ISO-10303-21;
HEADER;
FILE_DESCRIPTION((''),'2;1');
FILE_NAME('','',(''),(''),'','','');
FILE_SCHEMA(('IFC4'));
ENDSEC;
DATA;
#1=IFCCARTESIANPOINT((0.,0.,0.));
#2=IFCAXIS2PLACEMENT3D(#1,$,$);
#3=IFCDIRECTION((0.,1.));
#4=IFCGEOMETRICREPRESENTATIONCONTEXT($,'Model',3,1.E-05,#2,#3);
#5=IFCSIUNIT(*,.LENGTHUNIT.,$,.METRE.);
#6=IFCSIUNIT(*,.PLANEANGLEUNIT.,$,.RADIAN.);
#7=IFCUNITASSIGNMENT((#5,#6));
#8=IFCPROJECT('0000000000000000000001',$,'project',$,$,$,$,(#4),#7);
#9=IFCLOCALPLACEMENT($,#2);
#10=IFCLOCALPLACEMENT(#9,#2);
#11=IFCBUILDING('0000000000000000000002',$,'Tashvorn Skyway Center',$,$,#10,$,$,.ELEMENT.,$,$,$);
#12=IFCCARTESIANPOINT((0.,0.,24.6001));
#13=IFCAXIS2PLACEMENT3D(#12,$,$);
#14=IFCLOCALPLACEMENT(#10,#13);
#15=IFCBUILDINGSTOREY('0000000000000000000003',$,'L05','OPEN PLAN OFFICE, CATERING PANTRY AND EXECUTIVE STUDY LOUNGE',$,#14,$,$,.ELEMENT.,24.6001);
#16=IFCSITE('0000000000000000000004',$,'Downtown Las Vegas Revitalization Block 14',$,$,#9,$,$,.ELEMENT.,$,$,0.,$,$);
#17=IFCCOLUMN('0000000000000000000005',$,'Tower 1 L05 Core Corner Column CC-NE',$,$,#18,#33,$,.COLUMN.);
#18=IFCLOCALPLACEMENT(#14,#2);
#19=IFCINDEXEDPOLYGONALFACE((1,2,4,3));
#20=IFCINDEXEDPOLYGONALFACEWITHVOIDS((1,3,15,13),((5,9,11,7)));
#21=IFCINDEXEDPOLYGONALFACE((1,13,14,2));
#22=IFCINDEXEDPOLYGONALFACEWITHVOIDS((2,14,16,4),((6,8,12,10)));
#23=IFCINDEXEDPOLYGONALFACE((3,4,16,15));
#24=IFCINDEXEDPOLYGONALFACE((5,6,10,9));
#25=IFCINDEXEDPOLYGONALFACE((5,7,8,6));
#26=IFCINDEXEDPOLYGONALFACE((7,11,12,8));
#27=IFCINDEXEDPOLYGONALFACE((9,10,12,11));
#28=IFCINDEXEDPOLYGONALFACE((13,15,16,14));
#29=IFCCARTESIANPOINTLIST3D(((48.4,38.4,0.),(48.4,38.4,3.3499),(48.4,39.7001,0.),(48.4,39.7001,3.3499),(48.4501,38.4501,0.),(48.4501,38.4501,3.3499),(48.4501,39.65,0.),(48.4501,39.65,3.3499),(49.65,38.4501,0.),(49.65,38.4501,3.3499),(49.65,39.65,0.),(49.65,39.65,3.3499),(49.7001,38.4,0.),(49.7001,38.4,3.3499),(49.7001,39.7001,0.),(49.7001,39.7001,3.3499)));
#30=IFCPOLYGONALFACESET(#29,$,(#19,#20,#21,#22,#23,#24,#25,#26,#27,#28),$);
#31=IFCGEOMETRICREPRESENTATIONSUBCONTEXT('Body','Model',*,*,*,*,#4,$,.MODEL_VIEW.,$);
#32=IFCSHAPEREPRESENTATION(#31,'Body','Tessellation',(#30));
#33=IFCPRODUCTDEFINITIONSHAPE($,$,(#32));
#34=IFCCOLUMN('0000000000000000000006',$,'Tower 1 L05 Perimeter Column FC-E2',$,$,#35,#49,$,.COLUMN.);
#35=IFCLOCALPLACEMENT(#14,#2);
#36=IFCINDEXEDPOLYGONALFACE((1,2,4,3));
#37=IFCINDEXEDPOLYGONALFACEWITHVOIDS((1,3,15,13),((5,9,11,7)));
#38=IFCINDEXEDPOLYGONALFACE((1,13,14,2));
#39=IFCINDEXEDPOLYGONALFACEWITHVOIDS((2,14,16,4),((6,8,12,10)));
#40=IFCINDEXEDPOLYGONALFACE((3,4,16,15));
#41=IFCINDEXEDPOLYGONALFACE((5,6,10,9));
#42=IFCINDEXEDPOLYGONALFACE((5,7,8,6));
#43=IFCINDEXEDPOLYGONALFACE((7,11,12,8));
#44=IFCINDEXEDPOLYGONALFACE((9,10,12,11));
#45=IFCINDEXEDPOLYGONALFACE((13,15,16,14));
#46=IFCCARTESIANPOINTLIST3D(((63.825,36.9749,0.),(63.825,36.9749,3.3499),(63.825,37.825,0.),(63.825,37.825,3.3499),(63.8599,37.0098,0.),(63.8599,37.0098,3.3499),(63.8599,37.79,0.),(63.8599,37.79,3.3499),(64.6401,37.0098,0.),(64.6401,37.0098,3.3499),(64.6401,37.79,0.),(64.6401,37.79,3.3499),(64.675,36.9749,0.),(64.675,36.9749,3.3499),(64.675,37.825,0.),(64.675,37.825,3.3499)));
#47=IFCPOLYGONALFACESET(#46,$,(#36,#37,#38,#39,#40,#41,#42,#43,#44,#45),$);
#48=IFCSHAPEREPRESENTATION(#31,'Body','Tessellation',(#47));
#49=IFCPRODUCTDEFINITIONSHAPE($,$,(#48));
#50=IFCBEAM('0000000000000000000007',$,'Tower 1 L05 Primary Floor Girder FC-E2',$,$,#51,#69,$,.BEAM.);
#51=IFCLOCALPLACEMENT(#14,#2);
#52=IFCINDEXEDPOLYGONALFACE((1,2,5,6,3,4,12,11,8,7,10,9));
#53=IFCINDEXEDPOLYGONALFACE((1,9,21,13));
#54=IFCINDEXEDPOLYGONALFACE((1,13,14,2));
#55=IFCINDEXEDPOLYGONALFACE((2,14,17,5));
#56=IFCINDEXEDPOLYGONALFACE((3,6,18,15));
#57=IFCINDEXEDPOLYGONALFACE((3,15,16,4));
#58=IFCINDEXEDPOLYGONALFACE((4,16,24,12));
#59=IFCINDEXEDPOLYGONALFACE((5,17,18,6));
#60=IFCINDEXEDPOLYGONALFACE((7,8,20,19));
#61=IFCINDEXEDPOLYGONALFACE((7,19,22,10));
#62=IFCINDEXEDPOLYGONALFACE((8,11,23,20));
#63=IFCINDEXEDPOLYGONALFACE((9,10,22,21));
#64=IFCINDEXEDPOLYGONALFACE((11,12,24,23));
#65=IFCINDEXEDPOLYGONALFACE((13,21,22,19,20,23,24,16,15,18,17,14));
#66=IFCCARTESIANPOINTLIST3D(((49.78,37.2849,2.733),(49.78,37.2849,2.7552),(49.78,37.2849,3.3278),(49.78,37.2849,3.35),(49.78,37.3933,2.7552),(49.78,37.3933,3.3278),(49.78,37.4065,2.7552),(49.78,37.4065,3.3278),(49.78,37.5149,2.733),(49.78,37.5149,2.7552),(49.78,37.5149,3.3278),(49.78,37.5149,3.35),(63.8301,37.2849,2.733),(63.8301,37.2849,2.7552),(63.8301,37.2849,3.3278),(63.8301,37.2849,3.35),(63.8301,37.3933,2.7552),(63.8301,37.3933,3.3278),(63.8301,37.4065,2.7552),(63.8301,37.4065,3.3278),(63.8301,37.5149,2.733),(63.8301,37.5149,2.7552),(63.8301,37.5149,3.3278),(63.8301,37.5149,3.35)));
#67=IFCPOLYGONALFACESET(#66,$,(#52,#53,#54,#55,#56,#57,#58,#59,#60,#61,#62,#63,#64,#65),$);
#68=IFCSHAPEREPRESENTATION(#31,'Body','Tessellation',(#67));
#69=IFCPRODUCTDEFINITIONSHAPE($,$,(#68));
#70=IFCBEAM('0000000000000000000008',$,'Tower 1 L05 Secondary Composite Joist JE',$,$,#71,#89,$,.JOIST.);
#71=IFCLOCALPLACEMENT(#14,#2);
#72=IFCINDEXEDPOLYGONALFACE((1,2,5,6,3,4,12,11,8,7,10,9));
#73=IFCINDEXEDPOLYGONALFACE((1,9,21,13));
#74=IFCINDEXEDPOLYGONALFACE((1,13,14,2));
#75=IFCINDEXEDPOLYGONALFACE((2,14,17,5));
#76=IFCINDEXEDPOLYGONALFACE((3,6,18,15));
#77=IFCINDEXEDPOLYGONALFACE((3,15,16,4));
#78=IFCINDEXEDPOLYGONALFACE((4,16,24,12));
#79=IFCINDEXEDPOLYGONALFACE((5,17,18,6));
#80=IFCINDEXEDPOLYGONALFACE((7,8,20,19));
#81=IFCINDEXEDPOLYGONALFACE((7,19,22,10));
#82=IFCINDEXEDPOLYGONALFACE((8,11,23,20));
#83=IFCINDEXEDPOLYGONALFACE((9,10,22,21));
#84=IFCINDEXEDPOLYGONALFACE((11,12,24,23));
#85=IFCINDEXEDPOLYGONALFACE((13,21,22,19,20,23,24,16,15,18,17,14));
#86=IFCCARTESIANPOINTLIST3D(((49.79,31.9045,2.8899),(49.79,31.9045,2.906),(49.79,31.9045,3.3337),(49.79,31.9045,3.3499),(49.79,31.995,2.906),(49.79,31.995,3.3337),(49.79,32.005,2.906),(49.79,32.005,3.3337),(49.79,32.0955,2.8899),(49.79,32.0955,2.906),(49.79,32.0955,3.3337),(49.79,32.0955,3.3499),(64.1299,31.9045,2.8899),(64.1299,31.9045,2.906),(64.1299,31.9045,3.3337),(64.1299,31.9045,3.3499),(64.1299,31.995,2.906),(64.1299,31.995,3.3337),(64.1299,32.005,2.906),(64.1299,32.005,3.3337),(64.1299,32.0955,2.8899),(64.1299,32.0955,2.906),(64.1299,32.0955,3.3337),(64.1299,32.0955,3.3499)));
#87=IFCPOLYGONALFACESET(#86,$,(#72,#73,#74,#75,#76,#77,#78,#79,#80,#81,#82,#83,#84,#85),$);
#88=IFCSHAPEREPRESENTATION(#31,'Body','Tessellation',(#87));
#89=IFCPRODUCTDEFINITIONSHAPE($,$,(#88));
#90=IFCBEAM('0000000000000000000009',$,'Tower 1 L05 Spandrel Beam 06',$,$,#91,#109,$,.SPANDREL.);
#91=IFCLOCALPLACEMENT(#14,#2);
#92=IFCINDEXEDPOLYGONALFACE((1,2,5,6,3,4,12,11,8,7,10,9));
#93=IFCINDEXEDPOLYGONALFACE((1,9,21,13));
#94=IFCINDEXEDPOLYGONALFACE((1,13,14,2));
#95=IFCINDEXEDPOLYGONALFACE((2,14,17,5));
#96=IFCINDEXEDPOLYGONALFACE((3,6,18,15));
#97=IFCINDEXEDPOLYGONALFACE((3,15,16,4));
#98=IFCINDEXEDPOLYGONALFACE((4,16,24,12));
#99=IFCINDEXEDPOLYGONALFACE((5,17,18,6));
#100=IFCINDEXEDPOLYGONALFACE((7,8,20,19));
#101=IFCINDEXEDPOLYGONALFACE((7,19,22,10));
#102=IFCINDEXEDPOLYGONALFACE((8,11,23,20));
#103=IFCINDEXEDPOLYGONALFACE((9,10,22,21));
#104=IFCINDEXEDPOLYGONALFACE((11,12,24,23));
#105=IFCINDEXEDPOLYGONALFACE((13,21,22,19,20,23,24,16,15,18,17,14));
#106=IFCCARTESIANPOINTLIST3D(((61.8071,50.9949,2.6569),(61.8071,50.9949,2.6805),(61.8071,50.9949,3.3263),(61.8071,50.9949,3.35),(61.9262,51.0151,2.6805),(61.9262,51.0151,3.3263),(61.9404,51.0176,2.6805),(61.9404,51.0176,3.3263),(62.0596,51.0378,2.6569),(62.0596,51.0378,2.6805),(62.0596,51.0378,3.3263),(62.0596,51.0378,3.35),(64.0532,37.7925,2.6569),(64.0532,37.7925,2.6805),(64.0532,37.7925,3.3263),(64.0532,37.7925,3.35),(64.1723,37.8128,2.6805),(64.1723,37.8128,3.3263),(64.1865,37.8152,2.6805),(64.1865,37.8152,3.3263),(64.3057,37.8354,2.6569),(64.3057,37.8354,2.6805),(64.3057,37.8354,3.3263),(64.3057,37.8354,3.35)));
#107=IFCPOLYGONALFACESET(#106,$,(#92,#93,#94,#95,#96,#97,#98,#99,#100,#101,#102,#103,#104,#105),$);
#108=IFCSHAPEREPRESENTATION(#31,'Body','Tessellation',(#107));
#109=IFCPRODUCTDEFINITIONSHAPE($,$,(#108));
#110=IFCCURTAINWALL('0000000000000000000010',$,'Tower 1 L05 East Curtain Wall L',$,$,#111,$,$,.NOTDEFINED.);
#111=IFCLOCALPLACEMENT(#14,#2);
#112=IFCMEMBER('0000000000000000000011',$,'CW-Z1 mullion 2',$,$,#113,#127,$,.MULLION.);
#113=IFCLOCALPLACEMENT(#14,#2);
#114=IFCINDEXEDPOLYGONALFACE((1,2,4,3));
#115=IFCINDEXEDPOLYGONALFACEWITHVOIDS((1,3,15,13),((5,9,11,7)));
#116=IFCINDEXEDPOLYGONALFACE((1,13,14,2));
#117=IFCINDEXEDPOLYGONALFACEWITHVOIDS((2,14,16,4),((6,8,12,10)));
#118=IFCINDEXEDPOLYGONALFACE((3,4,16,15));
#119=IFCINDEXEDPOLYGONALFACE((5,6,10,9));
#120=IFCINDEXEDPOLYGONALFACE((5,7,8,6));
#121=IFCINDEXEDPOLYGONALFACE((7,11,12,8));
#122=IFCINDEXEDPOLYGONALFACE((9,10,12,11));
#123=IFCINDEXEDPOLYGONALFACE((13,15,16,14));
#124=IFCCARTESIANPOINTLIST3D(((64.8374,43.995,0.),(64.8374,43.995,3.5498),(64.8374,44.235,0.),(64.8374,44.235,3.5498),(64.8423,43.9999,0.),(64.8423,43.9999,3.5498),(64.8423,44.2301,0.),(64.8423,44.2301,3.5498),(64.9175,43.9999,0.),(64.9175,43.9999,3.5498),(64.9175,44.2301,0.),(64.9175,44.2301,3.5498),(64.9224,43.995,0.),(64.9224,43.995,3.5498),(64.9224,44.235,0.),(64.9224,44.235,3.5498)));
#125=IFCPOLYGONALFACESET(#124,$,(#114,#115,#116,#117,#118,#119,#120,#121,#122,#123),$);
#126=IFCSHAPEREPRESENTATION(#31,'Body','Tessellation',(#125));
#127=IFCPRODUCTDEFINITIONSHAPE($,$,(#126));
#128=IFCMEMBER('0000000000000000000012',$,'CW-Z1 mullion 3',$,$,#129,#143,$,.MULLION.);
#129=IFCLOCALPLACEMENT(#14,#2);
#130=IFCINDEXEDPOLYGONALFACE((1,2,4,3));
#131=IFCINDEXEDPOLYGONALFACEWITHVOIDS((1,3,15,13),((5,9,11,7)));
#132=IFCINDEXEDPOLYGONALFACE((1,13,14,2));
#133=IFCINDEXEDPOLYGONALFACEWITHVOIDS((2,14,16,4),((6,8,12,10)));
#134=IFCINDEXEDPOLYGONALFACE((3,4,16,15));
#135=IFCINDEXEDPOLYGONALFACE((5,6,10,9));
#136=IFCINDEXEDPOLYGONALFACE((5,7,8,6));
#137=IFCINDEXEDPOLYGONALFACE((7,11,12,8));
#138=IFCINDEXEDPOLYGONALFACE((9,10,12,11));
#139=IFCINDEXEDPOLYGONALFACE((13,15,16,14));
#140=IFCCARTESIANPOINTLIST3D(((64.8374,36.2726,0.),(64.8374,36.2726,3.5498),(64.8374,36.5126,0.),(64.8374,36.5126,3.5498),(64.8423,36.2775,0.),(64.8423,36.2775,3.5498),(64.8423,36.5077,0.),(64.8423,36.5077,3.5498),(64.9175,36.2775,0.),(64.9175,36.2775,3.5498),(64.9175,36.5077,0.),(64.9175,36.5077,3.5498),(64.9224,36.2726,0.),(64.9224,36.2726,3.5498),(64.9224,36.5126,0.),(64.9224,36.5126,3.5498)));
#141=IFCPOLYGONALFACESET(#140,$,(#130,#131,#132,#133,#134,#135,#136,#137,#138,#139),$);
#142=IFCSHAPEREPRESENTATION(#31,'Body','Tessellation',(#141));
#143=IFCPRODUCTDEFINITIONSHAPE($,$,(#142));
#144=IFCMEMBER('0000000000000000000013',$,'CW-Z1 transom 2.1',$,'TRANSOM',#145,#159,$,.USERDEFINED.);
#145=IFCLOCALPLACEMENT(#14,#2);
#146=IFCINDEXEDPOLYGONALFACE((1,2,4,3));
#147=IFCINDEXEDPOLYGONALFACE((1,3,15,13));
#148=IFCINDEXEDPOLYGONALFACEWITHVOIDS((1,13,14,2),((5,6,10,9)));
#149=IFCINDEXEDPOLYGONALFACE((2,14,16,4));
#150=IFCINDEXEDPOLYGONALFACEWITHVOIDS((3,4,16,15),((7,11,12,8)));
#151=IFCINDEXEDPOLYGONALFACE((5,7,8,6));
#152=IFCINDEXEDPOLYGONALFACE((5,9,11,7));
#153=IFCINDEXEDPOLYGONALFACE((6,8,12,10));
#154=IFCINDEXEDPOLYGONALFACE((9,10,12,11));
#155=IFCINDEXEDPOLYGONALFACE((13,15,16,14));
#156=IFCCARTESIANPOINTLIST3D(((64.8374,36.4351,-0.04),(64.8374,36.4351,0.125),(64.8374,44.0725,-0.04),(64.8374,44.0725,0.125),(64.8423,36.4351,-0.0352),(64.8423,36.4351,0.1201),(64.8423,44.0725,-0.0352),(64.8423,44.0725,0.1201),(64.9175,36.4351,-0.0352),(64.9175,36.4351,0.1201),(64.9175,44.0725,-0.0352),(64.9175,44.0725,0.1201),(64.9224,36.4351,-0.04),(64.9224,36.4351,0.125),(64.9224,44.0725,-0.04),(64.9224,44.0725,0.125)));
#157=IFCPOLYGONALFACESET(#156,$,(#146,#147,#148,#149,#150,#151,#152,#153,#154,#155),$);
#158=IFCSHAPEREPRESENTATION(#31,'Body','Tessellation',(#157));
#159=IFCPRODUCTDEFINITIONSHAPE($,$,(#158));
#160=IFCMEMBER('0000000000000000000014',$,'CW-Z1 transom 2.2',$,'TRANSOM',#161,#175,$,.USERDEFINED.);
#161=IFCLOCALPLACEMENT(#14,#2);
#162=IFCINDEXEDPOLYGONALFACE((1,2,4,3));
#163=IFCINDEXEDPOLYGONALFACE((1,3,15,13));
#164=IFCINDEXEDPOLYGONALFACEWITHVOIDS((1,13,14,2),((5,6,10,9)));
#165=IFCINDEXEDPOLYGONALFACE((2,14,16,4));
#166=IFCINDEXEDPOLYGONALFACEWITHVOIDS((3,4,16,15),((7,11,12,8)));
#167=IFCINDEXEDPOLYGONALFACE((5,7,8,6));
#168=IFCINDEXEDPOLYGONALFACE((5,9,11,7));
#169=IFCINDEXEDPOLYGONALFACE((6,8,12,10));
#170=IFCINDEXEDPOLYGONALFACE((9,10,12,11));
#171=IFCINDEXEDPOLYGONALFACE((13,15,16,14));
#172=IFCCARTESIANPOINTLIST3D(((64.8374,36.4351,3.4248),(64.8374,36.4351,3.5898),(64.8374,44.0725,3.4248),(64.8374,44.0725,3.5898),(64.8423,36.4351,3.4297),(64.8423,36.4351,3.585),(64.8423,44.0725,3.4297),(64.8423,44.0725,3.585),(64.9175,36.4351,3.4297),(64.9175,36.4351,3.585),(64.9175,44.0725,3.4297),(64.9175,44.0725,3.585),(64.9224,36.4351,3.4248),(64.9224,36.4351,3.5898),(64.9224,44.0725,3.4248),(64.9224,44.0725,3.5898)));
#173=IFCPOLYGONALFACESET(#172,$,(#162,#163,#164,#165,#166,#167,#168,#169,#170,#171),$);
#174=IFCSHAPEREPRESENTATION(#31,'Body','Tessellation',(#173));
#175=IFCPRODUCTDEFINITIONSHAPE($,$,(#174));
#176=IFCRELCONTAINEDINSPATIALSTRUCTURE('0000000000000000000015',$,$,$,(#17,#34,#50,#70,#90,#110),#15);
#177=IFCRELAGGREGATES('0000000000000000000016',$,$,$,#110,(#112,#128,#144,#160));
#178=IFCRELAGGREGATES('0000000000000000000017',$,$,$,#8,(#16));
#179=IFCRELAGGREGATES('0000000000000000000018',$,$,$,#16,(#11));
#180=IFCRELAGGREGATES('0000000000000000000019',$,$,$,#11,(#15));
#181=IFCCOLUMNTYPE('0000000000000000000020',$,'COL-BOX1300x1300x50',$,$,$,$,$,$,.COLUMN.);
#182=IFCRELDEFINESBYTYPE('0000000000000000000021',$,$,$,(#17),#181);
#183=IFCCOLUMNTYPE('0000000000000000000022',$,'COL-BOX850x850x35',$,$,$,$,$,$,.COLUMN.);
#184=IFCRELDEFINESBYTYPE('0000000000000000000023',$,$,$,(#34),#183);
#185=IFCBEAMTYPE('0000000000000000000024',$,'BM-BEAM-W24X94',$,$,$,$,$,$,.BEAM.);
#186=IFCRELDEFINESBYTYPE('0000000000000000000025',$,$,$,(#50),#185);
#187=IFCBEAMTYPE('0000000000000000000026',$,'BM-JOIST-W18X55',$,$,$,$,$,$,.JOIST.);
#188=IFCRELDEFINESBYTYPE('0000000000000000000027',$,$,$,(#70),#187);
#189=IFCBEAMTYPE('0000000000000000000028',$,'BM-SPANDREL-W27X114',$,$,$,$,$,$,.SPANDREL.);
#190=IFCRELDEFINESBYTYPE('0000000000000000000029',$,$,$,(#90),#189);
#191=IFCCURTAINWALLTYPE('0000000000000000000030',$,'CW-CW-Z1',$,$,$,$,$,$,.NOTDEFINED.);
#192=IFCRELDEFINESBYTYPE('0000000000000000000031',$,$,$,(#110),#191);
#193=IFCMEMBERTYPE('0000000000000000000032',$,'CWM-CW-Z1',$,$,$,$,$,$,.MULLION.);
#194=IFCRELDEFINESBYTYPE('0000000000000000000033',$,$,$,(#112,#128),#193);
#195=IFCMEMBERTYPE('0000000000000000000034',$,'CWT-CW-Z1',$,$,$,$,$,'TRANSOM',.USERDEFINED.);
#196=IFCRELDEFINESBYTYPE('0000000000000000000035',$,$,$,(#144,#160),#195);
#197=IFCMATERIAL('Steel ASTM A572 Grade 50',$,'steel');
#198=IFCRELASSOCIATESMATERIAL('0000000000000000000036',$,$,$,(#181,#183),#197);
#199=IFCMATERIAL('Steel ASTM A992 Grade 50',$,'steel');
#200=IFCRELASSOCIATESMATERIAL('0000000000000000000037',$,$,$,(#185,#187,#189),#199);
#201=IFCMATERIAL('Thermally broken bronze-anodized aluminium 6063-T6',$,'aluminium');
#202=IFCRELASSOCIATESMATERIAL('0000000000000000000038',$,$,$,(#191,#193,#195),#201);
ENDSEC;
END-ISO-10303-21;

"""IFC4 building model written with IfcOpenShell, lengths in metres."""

from ifc_helpers import new_model, si_unit, direction, frame, origin, origin_2d, place, context, subcontext, project, spatial, hollow_rectangle, i_section, extrude, material, material_profile, profile_set, type_object, element, aggregate, save


model = new_model("IFC4")

# Units and contexts
model_context = context("Model", 3, precision=1e-05, world=origin(), true_north=direction((0.0, 1.0)))
body_context = subcontext(model_context, "Body", "Model", "MODEL_VIEW")
ifc_project = project(units=[si_unit("LENGTHUNIT", "METRE"), si_unit("PLANEANGLEUNIT", "RADIAN")], contexts=[model_context])

# Site, building, storey
site_placement = place(None, origin())
site = spatial("IfcSite", under=ifc_project, at=site_placement, Name="Downtown Las Vegas Revitalization Block 14", CompositionType="ELEMENT", RefElevation=0.0)
building_placement = place(site_placement, origin())
building = spatial("IfcBuilding", under=site, at=building_placement, Name="Tashvorn Skyway Center", CompositionType="ELEMENT")
storey_placement = place(building_placement, frame((0.0, 0.0, 24.6001)))
storey = spatial("IfcBuildingStorey", under=building, at=storey_placement, Name="L05", Description="OPEN PLAN OFFICE, CATERING PANTRY AND EXECUTIVE STUDY LOUNGE", CompositionType="ELEMENT", Elevation=24.6001)

# Columns
ifc_material_1 = material(Name="Steel ASTM A572 Grade 50", Category="steel")
ifc_material_profile_1 = material_profile(ifc_material_1, hollow_rectangle(XDim=1.3, YDim=1.3, WallThickness=0.05, at=origin_2d()), Name="BOX1300x1300x50")
ifc_profile_set_1 = profile_set([ifc_material_profile_1], Name="Steel ASTM A572 Grade 50")
column_type_1 = type_object("IfcColumnType", Name="COL-BOX1300x1300x50", PredefinedType="COLUMN", material=ifc_profile_set_1)
column_1_placement = place(storey_placement, frame((49.05, 39.05, 0.0), z_axis=(0.0, 0.0, 1.0), x_axis=(1.0, 0.0, 0.0)))
element("IfcColumn", 1, at=column_1_placement, inside=storey, type_object=column_type_1, Name="Tower 1 L05 Core Corner Column CC-NE", PredefinedType="COLUMN", context=body_context, shape_type="SweptSolid", body=[
    extrude(hollow_rectangle(XDim=1.3, YDim=1.3, WallThickness=0.05, at=origin_2d()), origin(), (0.0, 0.0, 1.0), 3.3499),
])
ifc_material_profile_2 = material_profile(ifc_material_1, hollow_rectangle(XDim=0.8501, YDim=0.8501, WallThickness=0.0349, at=origin_2d()), Name="BOX850x850x35")
ifc_profile_set_2 = profile_set([ifc_material_profile_2], Name="Steel ASTM A572 Grade 50")
column_type_2 = type_object("IfcColumnType", Name="COL-BOX850x850x35", PredefinedType="COLUMN", material=ifc_profile_set_2)
column_2_placement = place(storey_placement, frame((64.25, 37.3999, 0.0), z_axis=(0.0, 0.0, 1.0), x_axis=(1.0, 0.0, 0.0)))
element("IfcColumn", 2, at=column_2_placement, inside=storey, type_object=column_type_2, Name="Tower 1 L05 Perimeter Column FC-E2", PredefinedType="COLUMN", context=body_context, shape_type="SweptSolid", body=[
    extrude(hollow_rectangle(XDim=0.8501, YDim=0.8501, WallThickness=0.0349, at=origin_2d()), origin(), (0.0, 0.0, 1.0), 3.3499),
])

# Beams
ifc_material_2 = material(Name="Steel ASTM A992 Grade 50", Category="steel")
ifc_material_profile_3 = material_profile(ifc_material_2, i_section(OverallWidth=0.23, OverallDepth=0.6169, WebThickness=0.0132, FlangeThickness=0.0222, at=origin_2d()), Name="W24X94")
ifc_profile_set_3 = profile_set([ifc_material_profile_3], Name="Steel ASTM A992 Grade 50")
beam_type_1 = type_object("IfcBeamType", Name="BM-BEAM-W24X94", PredefinedType="BEAM", material=ifc_profile_set_3)
beam_1_placement = place(storey_placement, frame((63.8301, 37.3999, 3.0415), z_axis=(-1.0, 0.0, 0.0), x_axis=(0.0, -1.0, 0.0)))
element("IfcBeam", 3, at=beam_1_placement, inside=storey, type_object=beam_type_1, Name="Tower 1 L05 Primary Floor Girder FC-E2", PredefinedType="BEAM", context=body_context, shape_type="SweptSolid", body=[
    extrude(i_section(OverallWidth=0.23, OverallDepth=0.6169, WebThickness=0.0132, FlangeThickness=0.0222, at=origin_2d()), origin(), (0.0, 0.0, 1.0), 14.05),
])
ifc_material_profile_4 = material_profile(ifc_material_2, i_section(OverallWidth=0.1909, OverallDepth=0.46, WebThickness=0.01, FlangeThickness=0.0161, at=origin_2d()), Name="W18X55")
ifc_profile_set_4 = profile_set([ifc_material_profile_4], Name="Steel ASTM A992 Grade 50")
beam_type_2 = type_object("IfcBeamType", Name="BM-JOIST-W18X55", PredefinedType="JOIST", material=ifc_profile_set_4)
beam_2_placement = place(storey_placement, frame((49.79, 32.0, 3.1199), z_axis=(1.0, 0.0, 0.0), x_axis=(0.0, 1.0, 0.0)))
element("IfcBeam", 4, at=beam_2_placement, inside=storey, type_object=beam_type_2, Name="Tower 1 L05 Secondary Composite Joist JE", PredefinedType="JOIST", context=body_context, shape_type="SweptSolid", body=[
    extrude(i_section(OverallWidth=0.1909, OverallDepth=0.46, WebThickness=0.01, FlangeThickness=0.0161, at=origin_2d()), origin(), (0.0, 0.0, 1.0), 14.3398),
])
ifc_material_profile_5 = material_profile(ifc_material_2, i_section(OverallWidth=0.2561, OverallDepth=0.6931, WebThickness=0.0144, FlangeThickness=0.0237, at=origin_2d()), Name="W27X114")
ifc_profile_set_5 = profile_set([ifc_material_profile_5], Name="Steel ASTM A992 Grade 50")
beam_type_3 = type_object("IfcBeamType", Name="BM-SPANDREL-W27X114", PredefinedType="SPANDREL", material=ifc_profile_set_5)
beam_3_placement = place(storey_placement, frame((64.1794, 37.814, 3.0034), z_axis=(-0.167718, 0.985835, 0.0), x_axis=(-0.985835, -0.167718, 0.0)))
element("IfcBeam", 5, at=beam_3_placement, inside=storey, type_object=beam_type_3, Name="Tower 1 L05 Spandrel Beam 06", PredefinedType="SPANDREL", context=body_context, shape_type="SweptSolid", body=[
    extrude(i_section(OverallWidth=0.2561, OverallDepth=0.6931, WebThickness=0.0144, FlangeThickness=0.0237, at=origin_2d()), origin(), (0.0, 0.0, 1.0), 13.3921),
])

# Curtain wall, members
ifc_material_3 = material(Name="Thermally broken bronze-anodized aluminium 6063-T6", Category="aluminium")
curtain_wall_type = type_object("IfcCurtainWallType", Name="CW-CW-Z1", PredefinedType="NOTDEFINED", material=ifc_material_3)
curtain_wall_placement = place(storey_placement, origin())
curtain_wall = element("IfcCurtainWall", 6, at=curtain_wall_placement, inside=storey, type_object=curtain_wall_type, Name="Tower 1 L05 East Curtain Wall L", PredefinedType="NOTDEFINED")
ifc_material_profile_6 = material_profile(ifc_material_3, hollow_rectangle(XDim=0.085, YDim=0.24, WallThickness=0.0049, at=origin_2d()), Name="ALU-MULL-85x240")
ifc_profile_set_6 = profile_set([ifc_material_profile_6], Name="Thermally broken bronze-anodized aluminium 6063-T6")
member_type_1 = type_object("IfcMemberType", Name="CWM-CW-Z1", PredefinedType="MULLION", material=ifc_profile_set_6)
member_1_placement = place(storey_placement, frame((64.8799, 44.115, 0.0), z_axis=(0.0, 0.0, 1.0), x_axis=(1.0, 0.0, 0.0)))
member_1 = element("IfcMember", 7, at=member_1_placement, type_object=member_type_1, Name="CW-Z1 mullion 2", PredefinedType="MULLION", context=body_context, shape_type="SweptSolid", body=[
    extrude(hollow_rectangle(XDim=0.085, YDim=0.24, WallThickness=0.0049, at=origin_2d()), origin(), (0.0, 0.0, 1.0), 3.5498),
])
member_2_placement = place(storey_placement, frame((64.8799, 36.3926, 0.0), z_axis=(0.0, 0.0, 1.0), x_axis=(1.0, 0.0, 0.0)))
member_2 = element("IfcMember", 8, at=member_2_placement, type_object=member_type_1, Name="CW-Z1 mullion 3", PredefinedType="MULLION", context=body_context, shape_type="SweptSolid", body=[
    extrude(hollow_rectangle(XDim=0.085, YDim=0.24, WallThickness=0.0049, at=origin_2d()), origin(), (0.0, 0.0, 1.0), 3.5498),
])
ifc_material_profile_7 = material_profile(ifc_material_3, hollow_rectangle(XDim=0.085, YDim=0.165, WallThickness=0.0049, at=origin_2d()), Name="ALU-TRAN-85x165")
ifc_profile_set_7 = profile_set([ifc_material_profile_7], Name="Thermally broken bronze-anodized aluminium 6063-T6")
member_type_2 = type_object("IfcMemberType", Name="CWT-CW-Z1", ElementType="TRANSOM", PredefinedType="USERDEFINED", material=ifc_profile_set_7)
member_3_placement = place(storey_placement, frame((64.8799, 44.0725, 0.0425), z_axis=(0.0, -1.0, 0.0), x_axis=(1.0, 0.0, 0.0)))
member_3 = element("IfcMember", 9, at=member_3_placement, type_object=member_type_2, Name="CW-Z1 transom 2.1", ObjectType="TRANSOM", PredefinedType="USERDEFINED", context=body_context, shape_type="SweptSolid", body=[
    extrude(hollow_rectangle(XDim=0.085, YDim=0.165, WallThickness=0.0049, at=origin_2d()), origin(), (0.0, 0.0, 1.0), 7.6375),
])
member_4_placement = place(storey_placement, frame((64.8799, 44.0725, 3.5073), z_axis=(0.0, -1.0, 0.0), x_axis=(1.0, 0.0, 0.0)))
member_4 = element("IfcMember", 10, at=member_4_placement, type_object=member_type_2, Name="CW-Z1 transom 2.2", ObjectType="TRANSOM", PredefinedType="USERDEFINED", context=body_context, shape_type="SweptSolid", body=[
    extrude(hollow_rectangle(XDim=0.085, YDim=0.165, WallThickness=0.0049, at=origin_2d()), origin(), (0.0, 0.0, 1.0), 7.6375),
])

aggregate(curtain_wall, [member_1, member_2, member_3, member_4])

save(model, "model.ifc")
